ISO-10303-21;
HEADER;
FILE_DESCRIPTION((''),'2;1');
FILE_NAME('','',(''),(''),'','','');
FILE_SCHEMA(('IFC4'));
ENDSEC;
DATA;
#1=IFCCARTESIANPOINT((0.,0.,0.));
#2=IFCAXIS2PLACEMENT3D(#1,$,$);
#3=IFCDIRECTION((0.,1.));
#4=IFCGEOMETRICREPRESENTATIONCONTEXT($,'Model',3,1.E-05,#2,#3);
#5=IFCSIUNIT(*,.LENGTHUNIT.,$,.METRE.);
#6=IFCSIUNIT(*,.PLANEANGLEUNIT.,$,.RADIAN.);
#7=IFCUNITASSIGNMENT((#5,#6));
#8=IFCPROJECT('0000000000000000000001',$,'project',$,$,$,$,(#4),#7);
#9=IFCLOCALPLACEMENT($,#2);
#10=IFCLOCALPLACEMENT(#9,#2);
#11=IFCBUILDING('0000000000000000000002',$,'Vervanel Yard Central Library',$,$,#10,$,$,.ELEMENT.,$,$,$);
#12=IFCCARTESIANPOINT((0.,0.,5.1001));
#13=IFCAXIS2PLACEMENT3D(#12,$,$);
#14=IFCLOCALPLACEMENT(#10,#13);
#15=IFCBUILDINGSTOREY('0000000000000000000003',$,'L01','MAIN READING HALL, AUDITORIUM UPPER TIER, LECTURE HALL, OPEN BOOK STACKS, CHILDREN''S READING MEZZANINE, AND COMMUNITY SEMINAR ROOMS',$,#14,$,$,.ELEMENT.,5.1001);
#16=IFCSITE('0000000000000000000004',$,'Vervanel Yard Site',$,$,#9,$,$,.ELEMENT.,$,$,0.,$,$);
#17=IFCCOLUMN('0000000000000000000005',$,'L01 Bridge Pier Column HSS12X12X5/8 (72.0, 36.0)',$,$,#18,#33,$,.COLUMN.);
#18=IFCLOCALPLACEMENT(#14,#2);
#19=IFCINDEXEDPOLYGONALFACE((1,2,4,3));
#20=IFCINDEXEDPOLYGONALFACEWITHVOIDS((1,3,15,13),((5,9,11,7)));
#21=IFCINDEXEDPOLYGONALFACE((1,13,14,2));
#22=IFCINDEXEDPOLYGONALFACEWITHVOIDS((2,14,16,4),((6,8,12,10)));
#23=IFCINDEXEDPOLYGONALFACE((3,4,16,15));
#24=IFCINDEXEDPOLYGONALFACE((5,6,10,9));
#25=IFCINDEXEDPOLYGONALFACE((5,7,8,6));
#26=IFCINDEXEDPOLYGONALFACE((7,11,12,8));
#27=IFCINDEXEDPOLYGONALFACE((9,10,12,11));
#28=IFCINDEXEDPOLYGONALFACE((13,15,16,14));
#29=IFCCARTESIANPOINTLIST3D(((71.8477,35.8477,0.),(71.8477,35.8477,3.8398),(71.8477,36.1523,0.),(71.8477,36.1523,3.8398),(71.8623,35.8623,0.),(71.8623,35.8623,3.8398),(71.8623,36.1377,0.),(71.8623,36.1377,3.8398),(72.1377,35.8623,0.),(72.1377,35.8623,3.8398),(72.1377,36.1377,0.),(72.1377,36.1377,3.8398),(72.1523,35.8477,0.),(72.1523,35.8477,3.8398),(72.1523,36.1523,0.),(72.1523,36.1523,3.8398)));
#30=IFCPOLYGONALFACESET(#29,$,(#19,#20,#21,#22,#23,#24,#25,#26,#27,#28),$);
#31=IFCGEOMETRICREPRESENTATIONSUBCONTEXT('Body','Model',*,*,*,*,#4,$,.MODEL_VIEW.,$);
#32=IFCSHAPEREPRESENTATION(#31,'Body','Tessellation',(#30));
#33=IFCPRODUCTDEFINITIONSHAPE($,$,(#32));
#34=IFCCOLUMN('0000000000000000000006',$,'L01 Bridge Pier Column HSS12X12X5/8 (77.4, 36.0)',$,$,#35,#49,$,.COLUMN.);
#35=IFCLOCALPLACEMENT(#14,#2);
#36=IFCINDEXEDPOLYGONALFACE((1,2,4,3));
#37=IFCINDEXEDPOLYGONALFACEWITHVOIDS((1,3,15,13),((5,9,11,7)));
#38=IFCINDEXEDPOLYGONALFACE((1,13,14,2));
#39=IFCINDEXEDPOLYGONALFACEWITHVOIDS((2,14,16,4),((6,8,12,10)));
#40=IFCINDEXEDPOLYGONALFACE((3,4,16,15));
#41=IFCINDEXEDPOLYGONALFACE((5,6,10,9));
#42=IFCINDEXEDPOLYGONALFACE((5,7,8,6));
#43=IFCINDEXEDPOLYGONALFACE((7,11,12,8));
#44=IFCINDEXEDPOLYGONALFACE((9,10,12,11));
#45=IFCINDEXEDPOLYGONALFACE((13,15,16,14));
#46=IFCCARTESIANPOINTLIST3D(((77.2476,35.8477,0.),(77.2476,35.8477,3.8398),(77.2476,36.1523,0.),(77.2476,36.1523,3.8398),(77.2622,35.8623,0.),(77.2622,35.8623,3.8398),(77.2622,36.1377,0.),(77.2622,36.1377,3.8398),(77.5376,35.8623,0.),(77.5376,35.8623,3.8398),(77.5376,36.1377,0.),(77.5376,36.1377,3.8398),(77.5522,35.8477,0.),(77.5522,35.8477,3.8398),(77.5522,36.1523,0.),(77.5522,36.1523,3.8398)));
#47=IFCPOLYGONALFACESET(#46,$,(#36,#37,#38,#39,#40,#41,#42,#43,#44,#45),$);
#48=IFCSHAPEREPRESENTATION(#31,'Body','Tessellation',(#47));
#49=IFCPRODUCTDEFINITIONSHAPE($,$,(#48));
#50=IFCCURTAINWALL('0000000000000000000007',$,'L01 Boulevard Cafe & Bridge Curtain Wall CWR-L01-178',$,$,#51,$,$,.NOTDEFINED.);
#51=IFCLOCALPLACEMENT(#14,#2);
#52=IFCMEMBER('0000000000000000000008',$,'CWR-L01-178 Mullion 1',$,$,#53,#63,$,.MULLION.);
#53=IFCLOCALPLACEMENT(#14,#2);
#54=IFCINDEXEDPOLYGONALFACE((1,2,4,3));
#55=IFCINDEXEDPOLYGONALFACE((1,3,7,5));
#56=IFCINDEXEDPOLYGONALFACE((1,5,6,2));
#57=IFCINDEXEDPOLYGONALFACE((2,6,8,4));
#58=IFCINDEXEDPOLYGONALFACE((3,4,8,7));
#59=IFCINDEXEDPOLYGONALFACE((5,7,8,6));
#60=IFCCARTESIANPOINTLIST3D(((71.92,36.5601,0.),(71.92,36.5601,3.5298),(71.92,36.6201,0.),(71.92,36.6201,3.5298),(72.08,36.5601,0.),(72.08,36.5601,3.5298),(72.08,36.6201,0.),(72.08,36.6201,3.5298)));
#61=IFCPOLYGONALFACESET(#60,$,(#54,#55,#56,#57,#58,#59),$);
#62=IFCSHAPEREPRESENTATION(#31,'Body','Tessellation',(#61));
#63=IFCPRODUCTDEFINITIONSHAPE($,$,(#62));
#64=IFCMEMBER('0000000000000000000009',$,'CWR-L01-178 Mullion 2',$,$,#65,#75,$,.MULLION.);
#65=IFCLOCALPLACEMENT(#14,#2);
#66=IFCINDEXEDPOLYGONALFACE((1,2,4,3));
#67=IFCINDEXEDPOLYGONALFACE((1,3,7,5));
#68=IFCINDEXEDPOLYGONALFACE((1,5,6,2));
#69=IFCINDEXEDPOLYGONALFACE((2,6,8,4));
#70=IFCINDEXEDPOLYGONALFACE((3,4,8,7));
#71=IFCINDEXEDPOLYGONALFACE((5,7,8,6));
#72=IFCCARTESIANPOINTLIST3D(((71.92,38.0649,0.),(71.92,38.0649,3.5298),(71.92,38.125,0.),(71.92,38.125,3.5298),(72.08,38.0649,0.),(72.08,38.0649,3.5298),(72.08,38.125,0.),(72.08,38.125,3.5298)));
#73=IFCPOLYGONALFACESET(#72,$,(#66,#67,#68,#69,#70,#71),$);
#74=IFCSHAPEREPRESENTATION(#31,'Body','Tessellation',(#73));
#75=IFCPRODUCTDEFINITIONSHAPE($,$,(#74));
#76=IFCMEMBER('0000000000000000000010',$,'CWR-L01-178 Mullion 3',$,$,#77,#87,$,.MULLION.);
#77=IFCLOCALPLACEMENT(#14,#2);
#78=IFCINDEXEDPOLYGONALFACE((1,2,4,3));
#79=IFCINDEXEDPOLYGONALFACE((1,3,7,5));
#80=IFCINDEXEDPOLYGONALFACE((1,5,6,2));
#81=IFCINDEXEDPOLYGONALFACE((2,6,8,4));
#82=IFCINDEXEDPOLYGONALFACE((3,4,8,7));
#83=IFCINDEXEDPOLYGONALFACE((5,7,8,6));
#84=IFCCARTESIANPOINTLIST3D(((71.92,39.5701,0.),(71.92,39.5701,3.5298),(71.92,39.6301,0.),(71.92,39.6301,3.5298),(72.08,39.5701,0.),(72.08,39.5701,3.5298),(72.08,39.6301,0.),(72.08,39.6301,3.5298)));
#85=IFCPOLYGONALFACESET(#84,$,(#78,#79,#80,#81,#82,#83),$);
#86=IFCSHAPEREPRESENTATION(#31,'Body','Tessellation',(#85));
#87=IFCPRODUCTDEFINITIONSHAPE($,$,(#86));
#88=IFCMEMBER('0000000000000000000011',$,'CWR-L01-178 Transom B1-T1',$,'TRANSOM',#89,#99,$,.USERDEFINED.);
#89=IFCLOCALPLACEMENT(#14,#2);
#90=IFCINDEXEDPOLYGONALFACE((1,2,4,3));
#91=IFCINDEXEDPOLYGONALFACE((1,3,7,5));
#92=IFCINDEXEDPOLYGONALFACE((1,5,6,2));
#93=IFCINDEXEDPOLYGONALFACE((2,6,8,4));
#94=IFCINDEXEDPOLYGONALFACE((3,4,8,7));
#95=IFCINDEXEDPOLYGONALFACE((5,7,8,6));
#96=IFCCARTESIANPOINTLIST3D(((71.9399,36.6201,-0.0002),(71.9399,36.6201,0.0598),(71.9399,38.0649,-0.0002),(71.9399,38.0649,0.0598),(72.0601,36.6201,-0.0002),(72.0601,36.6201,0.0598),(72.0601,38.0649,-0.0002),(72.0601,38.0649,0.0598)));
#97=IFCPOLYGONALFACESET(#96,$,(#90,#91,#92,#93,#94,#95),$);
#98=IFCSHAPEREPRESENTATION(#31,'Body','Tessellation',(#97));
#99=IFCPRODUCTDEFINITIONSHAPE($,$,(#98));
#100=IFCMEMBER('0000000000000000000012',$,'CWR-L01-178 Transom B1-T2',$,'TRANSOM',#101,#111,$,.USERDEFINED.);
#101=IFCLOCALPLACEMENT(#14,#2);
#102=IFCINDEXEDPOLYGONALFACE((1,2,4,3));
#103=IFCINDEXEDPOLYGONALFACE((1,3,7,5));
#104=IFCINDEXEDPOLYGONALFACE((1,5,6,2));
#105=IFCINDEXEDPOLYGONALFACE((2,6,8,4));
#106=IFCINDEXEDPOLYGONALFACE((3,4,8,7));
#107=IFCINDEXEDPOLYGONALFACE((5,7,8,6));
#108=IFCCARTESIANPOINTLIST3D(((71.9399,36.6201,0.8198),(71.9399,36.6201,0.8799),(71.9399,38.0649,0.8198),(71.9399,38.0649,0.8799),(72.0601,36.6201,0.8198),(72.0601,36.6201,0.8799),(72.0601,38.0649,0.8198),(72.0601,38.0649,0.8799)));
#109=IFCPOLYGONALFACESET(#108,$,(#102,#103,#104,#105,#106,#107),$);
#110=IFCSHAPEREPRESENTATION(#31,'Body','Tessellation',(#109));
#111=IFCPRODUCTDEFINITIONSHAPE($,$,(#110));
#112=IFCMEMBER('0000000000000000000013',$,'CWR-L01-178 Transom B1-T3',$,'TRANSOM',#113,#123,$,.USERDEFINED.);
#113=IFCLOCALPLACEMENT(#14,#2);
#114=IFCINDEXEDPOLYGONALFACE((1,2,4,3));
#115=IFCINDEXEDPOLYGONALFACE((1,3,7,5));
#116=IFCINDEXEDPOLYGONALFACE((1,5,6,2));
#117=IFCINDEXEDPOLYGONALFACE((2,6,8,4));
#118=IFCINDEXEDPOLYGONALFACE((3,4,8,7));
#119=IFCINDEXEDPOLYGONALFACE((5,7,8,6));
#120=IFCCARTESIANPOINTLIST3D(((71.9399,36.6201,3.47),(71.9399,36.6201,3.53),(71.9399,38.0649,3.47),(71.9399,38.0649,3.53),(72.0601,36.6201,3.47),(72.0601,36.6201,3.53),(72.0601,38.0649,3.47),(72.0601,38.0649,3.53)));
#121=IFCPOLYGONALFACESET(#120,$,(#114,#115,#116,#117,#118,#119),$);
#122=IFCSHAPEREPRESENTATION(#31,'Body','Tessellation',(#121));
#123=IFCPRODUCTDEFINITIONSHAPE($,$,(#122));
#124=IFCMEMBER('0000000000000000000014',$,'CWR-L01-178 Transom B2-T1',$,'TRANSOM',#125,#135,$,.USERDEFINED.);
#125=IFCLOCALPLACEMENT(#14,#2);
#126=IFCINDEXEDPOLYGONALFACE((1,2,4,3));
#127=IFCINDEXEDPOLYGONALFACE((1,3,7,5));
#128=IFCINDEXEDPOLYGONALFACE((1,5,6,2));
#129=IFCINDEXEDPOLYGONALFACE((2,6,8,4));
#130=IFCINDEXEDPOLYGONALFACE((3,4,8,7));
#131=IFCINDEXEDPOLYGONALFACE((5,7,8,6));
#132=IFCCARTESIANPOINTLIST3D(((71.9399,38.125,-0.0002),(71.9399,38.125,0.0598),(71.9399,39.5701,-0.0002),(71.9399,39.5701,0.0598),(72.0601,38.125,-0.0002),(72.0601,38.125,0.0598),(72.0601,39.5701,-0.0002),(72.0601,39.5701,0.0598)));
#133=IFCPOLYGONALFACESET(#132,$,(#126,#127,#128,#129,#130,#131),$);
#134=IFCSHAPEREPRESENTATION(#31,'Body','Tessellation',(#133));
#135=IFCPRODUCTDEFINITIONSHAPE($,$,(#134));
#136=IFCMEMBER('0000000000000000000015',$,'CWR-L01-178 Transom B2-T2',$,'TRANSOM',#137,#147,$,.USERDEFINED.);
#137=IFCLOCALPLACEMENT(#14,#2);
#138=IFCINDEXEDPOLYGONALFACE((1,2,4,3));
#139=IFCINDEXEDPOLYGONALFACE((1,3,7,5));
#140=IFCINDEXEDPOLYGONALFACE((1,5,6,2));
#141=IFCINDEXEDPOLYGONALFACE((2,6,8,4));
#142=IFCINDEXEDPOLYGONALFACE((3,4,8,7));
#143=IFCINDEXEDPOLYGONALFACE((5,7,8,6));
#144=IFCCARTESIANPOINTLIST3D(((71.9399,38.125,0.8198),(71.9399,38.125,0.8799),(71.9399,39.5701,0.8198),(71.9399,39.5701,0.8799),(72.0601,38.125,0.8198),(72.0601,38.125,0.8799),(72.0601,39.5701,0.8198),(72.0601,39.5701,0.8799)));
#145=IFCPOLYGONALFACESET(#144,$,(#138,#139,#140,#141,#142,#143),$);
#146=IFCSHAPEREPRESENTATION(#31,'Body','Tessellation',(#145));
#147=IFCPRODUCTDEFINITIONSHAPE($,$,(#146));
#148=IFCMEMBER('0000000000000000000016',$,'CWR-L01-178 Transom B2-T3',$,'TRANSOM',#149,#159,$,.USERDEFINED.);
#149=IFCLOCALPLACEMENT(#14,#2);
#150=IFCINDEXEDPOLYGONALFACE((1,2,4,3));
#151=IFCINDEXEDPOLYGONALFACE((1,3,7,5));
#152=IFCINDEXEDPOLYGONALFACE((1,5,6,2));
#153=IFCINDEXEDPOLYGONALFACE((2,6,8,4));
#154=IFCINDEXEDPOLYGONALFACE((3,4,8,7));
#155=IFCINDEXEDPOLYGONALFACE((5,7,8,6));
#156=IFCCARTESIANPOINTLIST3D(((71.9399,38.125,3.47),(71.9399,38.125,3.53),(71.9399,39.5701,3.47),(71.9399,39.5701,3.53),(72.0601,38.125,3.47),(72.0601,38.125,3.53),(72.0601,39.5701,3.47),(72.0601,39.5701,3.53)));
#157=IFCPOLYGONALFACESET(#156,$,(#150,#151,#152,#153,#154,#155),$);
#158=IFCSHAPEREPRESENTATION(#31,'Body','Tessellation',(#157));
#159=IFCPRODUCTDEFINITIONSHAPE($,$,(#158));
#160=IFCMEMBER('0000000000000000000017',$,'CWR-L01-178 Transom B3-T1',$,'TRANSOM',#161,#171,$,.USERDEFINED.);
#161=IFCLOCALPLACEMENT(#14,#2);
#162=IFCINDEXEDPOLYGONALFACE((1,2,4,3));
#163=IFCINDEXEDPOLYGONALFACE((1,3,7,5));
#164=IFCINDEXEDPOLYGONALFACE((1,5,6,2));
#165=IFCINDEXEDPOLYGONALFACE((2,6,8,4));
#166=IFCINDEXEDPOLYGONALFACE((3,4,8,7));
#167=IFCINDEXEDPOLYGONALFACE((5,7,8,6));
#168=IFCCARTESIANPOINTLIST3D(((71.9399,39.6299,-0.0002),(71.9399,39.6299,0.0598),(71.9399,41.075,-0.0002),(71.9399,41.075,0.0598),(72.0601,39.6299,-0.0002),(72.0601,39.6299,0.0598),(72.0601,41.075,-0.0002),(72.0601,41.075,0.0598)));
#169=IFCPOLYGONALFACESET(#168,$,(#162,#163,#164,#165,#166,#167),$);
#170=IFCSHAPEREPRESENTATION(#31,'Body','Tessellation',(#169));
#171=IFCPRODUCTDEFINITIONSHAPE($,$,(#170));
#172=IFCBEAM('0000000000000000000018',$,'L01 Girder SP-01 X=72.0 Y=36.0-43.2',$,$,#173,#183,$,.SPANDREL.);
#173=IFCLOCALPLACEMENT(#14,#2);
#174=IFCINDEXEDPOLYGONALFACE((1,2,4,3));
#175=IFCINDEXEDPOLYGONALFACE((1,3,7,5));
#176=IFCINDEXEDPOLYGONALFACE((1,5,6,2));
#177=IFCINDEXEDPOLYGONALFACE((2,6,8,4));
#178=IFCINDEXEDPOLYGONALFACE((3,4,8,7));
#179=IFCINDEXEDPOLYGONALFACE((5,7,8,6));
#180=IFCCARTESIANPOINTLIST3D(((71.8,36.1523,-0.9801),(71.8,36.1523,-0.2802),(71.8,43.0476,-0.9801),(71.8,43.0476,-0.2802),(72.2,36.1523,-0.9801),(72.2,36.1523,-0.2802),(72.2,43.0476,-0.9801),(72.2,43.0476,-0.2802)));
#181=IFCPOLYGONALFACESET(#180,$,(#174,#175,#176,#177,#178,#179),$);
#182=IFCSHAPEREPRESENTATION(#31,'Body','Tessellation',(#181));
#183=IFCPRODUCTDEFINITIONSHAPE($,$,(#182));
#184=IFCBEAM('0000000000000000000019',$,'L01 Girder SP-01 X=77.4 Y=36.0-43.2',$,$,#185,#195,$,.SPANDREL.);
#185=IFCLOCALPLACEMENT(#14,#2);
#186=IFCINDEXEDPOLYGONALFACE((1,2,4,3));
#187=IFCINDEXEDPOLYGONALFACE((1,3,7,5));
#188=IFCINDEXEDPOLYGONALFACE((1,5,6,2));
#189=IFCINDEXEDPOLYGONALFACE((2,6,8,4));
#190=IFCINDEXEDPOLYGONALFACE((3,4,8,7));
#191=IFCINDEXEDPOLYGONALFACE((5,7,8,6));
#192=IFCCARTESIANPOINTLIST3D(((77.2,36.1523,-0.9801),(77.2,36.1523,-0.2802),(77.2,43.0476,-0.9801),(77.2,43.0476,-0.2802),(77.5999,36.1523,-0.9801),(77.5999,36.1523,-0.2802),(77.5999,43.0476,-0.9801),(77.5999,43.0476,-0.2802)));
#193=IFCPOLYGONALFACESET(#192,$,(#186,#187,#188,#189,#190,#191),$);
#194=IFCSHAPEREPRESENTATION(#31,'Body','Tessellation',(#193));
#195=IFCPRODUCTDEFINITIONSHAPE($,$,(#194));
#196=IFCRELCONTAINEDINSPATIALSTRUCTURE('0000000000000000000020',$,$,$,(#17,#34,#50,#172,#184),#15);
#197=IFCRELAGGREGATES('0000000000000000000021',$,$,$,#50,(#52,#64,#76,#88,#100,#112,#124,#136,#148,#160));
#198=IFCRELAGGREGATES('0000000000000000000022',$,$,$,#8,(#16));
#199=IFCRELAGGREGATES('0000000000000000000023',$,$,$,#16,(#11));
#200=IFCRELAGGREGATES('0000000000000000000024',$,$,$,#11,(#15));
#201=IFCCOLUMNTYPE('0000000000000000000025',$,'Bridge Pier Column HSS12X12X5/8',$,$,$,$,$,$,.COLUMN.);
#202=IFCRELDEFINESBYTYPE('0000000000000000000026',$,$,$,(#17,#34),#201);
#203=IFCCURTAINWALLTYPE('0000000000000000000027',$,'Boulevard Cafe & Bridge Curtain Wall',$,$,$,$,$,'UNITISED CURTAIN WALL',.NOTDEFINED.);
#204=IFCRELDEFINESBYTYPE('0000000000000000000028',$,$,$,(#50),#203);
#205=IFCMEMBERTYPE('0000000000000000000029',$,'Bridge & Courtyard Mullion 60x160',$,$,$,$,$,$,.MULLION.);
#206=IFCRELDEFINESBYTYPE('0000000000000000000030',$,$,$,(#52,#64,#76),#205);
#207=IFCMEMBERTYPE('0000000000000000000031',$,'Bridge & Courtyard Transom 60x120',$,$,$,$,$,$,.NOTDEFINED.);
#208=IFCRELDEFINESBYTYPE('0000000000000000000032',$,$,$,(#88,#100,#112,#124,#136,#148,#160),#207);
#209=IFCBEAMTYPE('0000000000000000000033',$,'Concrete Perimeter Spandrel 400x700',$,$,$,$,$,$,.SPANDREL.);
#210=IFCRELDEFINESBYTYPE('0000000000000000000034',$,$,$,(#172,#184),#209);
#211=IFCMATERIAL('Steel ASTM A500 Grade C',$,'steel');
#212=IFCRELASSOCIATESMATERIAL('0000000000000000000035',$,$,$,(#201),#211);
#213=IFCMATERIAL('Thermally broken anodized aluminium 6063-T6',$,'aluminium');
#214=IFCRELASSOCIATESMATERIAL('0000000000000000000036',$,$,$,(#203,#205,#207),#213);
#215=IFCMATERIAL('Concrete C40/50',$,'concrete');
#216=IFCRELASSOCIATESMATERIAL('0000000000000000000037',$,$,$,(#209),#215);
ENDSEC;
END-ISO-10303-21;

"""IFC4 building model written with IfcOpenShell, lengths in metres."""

from ifc_helpers import new_model, si_unit, direction, frame, origin, origin_2d, place, context, subcontext, project, spatial, rectangle, hollow_rectangle, extrude, material, material_profile, profile_set, type_object, element, aggregate, save


model = new_model("IFC4")

# Units and contexts
model_context = context("Model", 3, precision=1e-05, world=origin(), true_north=direction((0.0, 1.0)))
body_context = subcontext(model_context, "Body", "Model", "MODEL_VIEW")
ifc_project = project(units=[si_unit("LENGTHUNIT", "METRE"), si_unit("PLANEANGLEUNIT", "RADIAN")], contexts=[model_context])

# Site, building, storey
site_placement = place(None, origin())
site = spatial("IfcSite", under=ifc_project, at=site_placement, Name="Vervanel Yard Site", CompositionType="ELEMENT", RefElevation=0.0)
building_placement = place(site_placement, origin())
building = spatial("IfcBuilding", under=site, at=building_placement, Name="Vervanel Yard Central Library", CompositionType="ELEMENT")
storey_placement = place(building_placement, frame((0.0, 0.0, 5.1001)))
storey = spatial("IfcBuildingStorey", under=building, at=storey_placement, Name="L01", Description="MAIN READING HALL, AUDITORIUM UPPER TIER, LECTURE HALL, OPEN BOOK STACKS, CHILDREN'S READING MEZZANINE, AND COMMUNITY SEMINAR ROOMS", CompositionType="ELEMENT", Elevation=5.1001)

# Columns
ifc_material_1 = material(Name="Steel ASTM A500 Grade C", Category="steel")
ifc_material_profile_1 = material_profile(ifc_material_1, hollow_rectangle(XDim=0.3047, YDim=0.3047, WallThickness=0.0146, at=origin_2d()), Name="HSS12X12X5/8", Category="steel")
ifc_profile_set_1 = profile_set([ifc_material_profile_1], Name="Steel ASTM A500 Grade C")
column_type = type_object("IfcColumnType", Name="Bridge Pier Column HSS12X12X5/8", PredefinedType="COLUMN", material=ifc_profile_set_1)
for number, where, z_axis, x_axis, name in (
    (1, (72.0, 36.0, 0.0), (0.0, 0.0, 1.0), (1.0, 0.0, 0.0), "L01 Bridge Pier Column HSS12X12X5/8 (72.0, 36.0)"),
    (2, (77.3999, 36.0, 0.0), (0.0, 0.0, 1.0), (1.0, 0.0, 0.0), "L01 Bridge Pier Column HSS12X12X5/8 (77.4, 36.0)"),
):
    element("IfcColumn", number, at=place(storey_placement, frame(where, z_axis=z_axis, x_axis=x_axis)), inside=storey, type_object=column_type, Name=name, PredefinedType="COLUMN", context=body_context, shape_type="SweptSolid", body=[
        extrude(hollow_rectangle(XDim=0.3047, YDim=0.3047, WallThickness=0.0146, at=origin_2d()), origin(), (0.0, 0.0, 1.0), 3.8398),
    ])

# Curtain wall, members
ifc_material_2 = material(Name="Thermally broken anodized aluminium 6063-T6", Category="aluminium")
curtain_wall_type = type_object("IfcCurtainWallType", Name="Boulevard Cafe & Bridge Curtain Wall", ElementType="UNITISED CURTAIN WALL", PredefinedType="NOTDEFINED", material=ifc_material_2)
curtain_wall_placement = place(storey_placement, origin())
curtain_wall = element("IfcCurtainWall", 3, at=curtain_wall_placement, inside=storey, type_object=curtain_wall_type, Name="L01 Boulevard Cafe & Bridge Curtain Wall CWR-L01-178", PredefinedType="NOTDEFINED")
ifc_material_profile_2 = material_profile(ifc_material_2, rectangle(XDim=0.0601, YDim=0.1599, at=origin_2d()), Name="ALU 60x160", Category="aluminium")
ifc_profile_set_2 = profile_set([ifc_material_profile_2], Name="Thermally broken anodized aluminium 6063-T6")
member_type_1 = type_object("IfcMemberType", Name="Bridge & Courtyard Mullion 60x160", PredefinedType="MULLION", material=ifc_profile_set_2)
member_1_placement = place(storey_placement, frame((72.0, 36.5901, 0.0), z_axis=(0.0, 0.0, 1.0), x_axis=(0.0, 1.0, 0.0)))
member_1 = element("IfcMember", 4, at=member_1_placement, type_object=member_type_1, Name="CWR-L01-178 Mullion 1", PredefinedType="MULLION", context=body_context, shape_type="SweptSolid", body=[
    extrude(rectangle(XDim=0.0601, YDim=0.1599, at=origin_2d()), origin(), (0.0, 0.0, 1.0), 3.5298),
])
member_2_placement = place(storey_placement, frame((72.0, 38.095, 0.0), z_axis=(0.0, 0.0, 1.0), x_axis=(0.0, 1.0, 0.0)))
member_2 = element("IfcMember", 5, at=member_2_placement, type_object=member_type_1, Name="CWR-L01-178 Mullion 2", PredefinedType="MULLION", context=body_context, shape_type="SweptSolid", body=[
    extrude(rectangle(XDim=0.0601, YDim=0.1599, at=origin_2d()), origin(), (0.0, 0.0, 1.0), 3.5298),
])
member_3_placement = place(storey_placement, frame((72.0, 39.6001, 0.0), z_axis=(0.0, 0.0, 1.0), x_axis=(0.0, 1.0, 0.0)))
member_3 = element("IfcMember", 6, at=member_3_placement, type_object=member_type_1, Name="CWR-L01-178 Mullion 3", PredefinedType="MULLION", context=body_context, shape_type="SweptSolid", body=[
    extrude(rectangle(XDim=0.0601, YDim=0.1599, at=origin_2d()), origin(), (0.0, 0.0, 1.0), 3.5298),
])
ifc_material_profile_3 = material_profile(ifc_material_2, rectangle(XDim=0.0601, YDim=0.1201, at=origin_2d()), Name="ALU 60x120", Category="aluminium")
ifc_profile_set_3 = profile_set([ifc_material_profile_3], Name="Thermally broken anodized aluminium 6063-T6")
member_type_2 = type_object("IfcMemberType", Name="Bridge & Courtyard Transom 60x120", PredefinedType="NOTDEFINED", material=ifc_profile_set_3)
member_4_placement = place(storey_placement, frame((72.0, 36.6201, 0.0298), z_axis=(0.0, 1.0, 0.0), x_axis=(0.0, 0.0, 1.0)))
member_4 = element("IfcMember", 7, at=member_4_placement, type_object=member_type_2, Name="CWR-L01-178 Transom B1-T1", ObjectType="TRANSOM", PredefinedType="USERDEFINED", context=body_context, shape_type="SweptSolid", body=[
    extrude(rectangle(XDim=0.0601, YDim=0.1201, at=origin_2d()), origin(), (0.0, 0.0, 1.0), 1.4448),
])
member_5_placement = place(storey_placement, frame((72.0, 36.6201, 0.8499), z_axis=(0.0, 1.0, 0.0), x_axis=(0.0, 0.0, 1.0)))
member_5 = element("IfcMember", 8, at=member_5_placement, type_object=member_type_2, Name="CWR-L01-178 Transom B1-T2", ObjectType="TRANSOM", PredefinedType="USERDEFINED", context=body_context, shape_type="SweptSolid", body=[
    extrude(rectangle(XDim=0.0601, YDim=0.1201, at=origin_2d()), origin(), (0.0, 0.0, 1.0), 1.4448),
])
member_6_placement = place(storey_placement, frame((72.0, 36.6201, 3.5), z_axis=(0.0, 1.0, 0.0), x_axis=(0.0, 0.0, 1.0)))
member_6 = element("IfcMember", 9, at=member_6_placement, type_object=member_type_2, Name="CWR-L01-178 Transom B1-T3", ObjectType="TRANSOM", PredefinedType="USERDEFINED", context=body_context, shape_type="SweptSolid", body=[
    extrude(rectangle(XDim=0.0601, YDim=0.1201, at=origin_2d()), origin(), (0.0, 0.0, 1.0), 1.4448),
])
member_7_placement = place(storey_placement, frame((72.0, 38.125, 0.0298), z_axis=(0.0, 1.0, 0.0), x_axis=(0.0, 0.0, 1.0)))
member_7 = element("IfcMember", 10, at=member_7_placement, type_object=member_type_2, Name="CWR-L01-178 Transom B2-T1", ObjectType="TRANSOM", PredefinedType="USERDEFINED", context=body_context, shape_type="SweptSolid", body=[
    extrude(rectangle(XDim=0.0601, YDim=0.1201, at=origin_2d()), origin(), (0.0, 0.0, 1.0), 1.4451),
])
member_8_placement = place(storey_placement, frame((72.0, 38.125, 0.8499), z_axis=(0.0, 1.0, 0.0), x_axis=(0.0, 0.0, 1.0)))
member_8 = element("IfcMember", 11, at=member_8_placement, type_object=member_type_2, Name="CWR-L01-178 Transom B2-T2", ObjectType="TRANSOM", PredefinedType="USERDEFINED", context=body_context, shape_type="SweptSolid", body=[
    extrude(rectangle(XDim=0.0601, YDim=0.1201, at=origin_2d()), origin(), (0.0, 0.0, 1.0), 1.4451),
])
member_9_placement = place(storey_placement, frame((72.0, 38.125, 3.5), z_axis=(0.0, 1.0, 0.0), x_axis=(0.0, 0.0, 1.0)))
member_9 = element("IfcMember", 12, at=member_9_placement, type_object=member_type_2, Name="CWR-L01-178 Transom B2-T3", ObjectType="TRANSOM", PredefinedType="USERDEFINED", context=body_context, shape_type="SweptSolid", body=[
    extrude(rectangle(XDim=0.0601, YDim=0.1201, at=origin_2d()), origin(), (0.0, 0.0, 1.0), 1.4451),
])
member_10_placement = place(storey_placement, frame((72.0, 39.6299, 0.0298), z_axis=(0.0, 1.0, 0.0), x_axis=(0.0, 0.0, 1.0)))
member_10 = element("IfcMember", 13, at=member_10_placement, type_object=member_type_2, Name="CWR-L01-178 Transom B3-T1", ObjectType="TRANSOM", PredefinedType="USERDEFINED", context=body_context, shape_type="SweptSolid", body=[
    extrude(rectangle(XDim=0.0601, YDim=0.1201, at=origin_2d()), origin(), (0.0, 0.0, 1.0), 1.4451),
])

# Beams
ifc_material_3 = material(Name="Concrete C40/50", Category="concrete")
ifc_material_profile_4 = material_profile(ifc_material_3, rectangle(XDim=0.3999, YDim=0.7, at=origin_2d()), Name="RC 400x700", Category="concrete")
ifc_profile_set_4 = profile_set([ifc_material_profile_4], Name="Concrete C40/50")
beam_type_1 = type_object("IfcBeamType", Name="Concrete Perimeter Spandrel 400x700", PredefinedType="SPANDREL", material=ifc_profile_set_4)
for number, where, z_axis, x_axis, name in (
    (14, (72.0, 36.1523, -0.6301), (0.0, 1.0, 0.0), (-1.0, 0.0, 0.0), "L01 Girder SP-01 X=72.0 Y=36.0-43.2"),
    (15, (77.3999, 36.1523, -0.6301), (0.0, 1.0, 0.0), (-1.0, 0.0, 0.0), "L01 Girder SP-01 X=77.4 Y=36.0-43.2"),
):
    element("IfcBeam", number, at=place(storey_placement, frame(where, z_axis=z_axis, x_axis=x_axis)), inside=storey, type_object=beam_type_1, Name=name, PredefinedType="SPANDREL", context=body_context, shape_type="SweptSolid", body=[
        extrude(rectangle(XDim=0.3999, YDim=0.7, at=origin_2d()), origin(), (0.0, 0.0, 1.0), 6.8953),
    ])

aggregate(curtain_wall, [member_1, member_2, member_3, member_4, member_5, member_6, member_7, member_8, member_9, member_10])

save(model, "model.ifc")
